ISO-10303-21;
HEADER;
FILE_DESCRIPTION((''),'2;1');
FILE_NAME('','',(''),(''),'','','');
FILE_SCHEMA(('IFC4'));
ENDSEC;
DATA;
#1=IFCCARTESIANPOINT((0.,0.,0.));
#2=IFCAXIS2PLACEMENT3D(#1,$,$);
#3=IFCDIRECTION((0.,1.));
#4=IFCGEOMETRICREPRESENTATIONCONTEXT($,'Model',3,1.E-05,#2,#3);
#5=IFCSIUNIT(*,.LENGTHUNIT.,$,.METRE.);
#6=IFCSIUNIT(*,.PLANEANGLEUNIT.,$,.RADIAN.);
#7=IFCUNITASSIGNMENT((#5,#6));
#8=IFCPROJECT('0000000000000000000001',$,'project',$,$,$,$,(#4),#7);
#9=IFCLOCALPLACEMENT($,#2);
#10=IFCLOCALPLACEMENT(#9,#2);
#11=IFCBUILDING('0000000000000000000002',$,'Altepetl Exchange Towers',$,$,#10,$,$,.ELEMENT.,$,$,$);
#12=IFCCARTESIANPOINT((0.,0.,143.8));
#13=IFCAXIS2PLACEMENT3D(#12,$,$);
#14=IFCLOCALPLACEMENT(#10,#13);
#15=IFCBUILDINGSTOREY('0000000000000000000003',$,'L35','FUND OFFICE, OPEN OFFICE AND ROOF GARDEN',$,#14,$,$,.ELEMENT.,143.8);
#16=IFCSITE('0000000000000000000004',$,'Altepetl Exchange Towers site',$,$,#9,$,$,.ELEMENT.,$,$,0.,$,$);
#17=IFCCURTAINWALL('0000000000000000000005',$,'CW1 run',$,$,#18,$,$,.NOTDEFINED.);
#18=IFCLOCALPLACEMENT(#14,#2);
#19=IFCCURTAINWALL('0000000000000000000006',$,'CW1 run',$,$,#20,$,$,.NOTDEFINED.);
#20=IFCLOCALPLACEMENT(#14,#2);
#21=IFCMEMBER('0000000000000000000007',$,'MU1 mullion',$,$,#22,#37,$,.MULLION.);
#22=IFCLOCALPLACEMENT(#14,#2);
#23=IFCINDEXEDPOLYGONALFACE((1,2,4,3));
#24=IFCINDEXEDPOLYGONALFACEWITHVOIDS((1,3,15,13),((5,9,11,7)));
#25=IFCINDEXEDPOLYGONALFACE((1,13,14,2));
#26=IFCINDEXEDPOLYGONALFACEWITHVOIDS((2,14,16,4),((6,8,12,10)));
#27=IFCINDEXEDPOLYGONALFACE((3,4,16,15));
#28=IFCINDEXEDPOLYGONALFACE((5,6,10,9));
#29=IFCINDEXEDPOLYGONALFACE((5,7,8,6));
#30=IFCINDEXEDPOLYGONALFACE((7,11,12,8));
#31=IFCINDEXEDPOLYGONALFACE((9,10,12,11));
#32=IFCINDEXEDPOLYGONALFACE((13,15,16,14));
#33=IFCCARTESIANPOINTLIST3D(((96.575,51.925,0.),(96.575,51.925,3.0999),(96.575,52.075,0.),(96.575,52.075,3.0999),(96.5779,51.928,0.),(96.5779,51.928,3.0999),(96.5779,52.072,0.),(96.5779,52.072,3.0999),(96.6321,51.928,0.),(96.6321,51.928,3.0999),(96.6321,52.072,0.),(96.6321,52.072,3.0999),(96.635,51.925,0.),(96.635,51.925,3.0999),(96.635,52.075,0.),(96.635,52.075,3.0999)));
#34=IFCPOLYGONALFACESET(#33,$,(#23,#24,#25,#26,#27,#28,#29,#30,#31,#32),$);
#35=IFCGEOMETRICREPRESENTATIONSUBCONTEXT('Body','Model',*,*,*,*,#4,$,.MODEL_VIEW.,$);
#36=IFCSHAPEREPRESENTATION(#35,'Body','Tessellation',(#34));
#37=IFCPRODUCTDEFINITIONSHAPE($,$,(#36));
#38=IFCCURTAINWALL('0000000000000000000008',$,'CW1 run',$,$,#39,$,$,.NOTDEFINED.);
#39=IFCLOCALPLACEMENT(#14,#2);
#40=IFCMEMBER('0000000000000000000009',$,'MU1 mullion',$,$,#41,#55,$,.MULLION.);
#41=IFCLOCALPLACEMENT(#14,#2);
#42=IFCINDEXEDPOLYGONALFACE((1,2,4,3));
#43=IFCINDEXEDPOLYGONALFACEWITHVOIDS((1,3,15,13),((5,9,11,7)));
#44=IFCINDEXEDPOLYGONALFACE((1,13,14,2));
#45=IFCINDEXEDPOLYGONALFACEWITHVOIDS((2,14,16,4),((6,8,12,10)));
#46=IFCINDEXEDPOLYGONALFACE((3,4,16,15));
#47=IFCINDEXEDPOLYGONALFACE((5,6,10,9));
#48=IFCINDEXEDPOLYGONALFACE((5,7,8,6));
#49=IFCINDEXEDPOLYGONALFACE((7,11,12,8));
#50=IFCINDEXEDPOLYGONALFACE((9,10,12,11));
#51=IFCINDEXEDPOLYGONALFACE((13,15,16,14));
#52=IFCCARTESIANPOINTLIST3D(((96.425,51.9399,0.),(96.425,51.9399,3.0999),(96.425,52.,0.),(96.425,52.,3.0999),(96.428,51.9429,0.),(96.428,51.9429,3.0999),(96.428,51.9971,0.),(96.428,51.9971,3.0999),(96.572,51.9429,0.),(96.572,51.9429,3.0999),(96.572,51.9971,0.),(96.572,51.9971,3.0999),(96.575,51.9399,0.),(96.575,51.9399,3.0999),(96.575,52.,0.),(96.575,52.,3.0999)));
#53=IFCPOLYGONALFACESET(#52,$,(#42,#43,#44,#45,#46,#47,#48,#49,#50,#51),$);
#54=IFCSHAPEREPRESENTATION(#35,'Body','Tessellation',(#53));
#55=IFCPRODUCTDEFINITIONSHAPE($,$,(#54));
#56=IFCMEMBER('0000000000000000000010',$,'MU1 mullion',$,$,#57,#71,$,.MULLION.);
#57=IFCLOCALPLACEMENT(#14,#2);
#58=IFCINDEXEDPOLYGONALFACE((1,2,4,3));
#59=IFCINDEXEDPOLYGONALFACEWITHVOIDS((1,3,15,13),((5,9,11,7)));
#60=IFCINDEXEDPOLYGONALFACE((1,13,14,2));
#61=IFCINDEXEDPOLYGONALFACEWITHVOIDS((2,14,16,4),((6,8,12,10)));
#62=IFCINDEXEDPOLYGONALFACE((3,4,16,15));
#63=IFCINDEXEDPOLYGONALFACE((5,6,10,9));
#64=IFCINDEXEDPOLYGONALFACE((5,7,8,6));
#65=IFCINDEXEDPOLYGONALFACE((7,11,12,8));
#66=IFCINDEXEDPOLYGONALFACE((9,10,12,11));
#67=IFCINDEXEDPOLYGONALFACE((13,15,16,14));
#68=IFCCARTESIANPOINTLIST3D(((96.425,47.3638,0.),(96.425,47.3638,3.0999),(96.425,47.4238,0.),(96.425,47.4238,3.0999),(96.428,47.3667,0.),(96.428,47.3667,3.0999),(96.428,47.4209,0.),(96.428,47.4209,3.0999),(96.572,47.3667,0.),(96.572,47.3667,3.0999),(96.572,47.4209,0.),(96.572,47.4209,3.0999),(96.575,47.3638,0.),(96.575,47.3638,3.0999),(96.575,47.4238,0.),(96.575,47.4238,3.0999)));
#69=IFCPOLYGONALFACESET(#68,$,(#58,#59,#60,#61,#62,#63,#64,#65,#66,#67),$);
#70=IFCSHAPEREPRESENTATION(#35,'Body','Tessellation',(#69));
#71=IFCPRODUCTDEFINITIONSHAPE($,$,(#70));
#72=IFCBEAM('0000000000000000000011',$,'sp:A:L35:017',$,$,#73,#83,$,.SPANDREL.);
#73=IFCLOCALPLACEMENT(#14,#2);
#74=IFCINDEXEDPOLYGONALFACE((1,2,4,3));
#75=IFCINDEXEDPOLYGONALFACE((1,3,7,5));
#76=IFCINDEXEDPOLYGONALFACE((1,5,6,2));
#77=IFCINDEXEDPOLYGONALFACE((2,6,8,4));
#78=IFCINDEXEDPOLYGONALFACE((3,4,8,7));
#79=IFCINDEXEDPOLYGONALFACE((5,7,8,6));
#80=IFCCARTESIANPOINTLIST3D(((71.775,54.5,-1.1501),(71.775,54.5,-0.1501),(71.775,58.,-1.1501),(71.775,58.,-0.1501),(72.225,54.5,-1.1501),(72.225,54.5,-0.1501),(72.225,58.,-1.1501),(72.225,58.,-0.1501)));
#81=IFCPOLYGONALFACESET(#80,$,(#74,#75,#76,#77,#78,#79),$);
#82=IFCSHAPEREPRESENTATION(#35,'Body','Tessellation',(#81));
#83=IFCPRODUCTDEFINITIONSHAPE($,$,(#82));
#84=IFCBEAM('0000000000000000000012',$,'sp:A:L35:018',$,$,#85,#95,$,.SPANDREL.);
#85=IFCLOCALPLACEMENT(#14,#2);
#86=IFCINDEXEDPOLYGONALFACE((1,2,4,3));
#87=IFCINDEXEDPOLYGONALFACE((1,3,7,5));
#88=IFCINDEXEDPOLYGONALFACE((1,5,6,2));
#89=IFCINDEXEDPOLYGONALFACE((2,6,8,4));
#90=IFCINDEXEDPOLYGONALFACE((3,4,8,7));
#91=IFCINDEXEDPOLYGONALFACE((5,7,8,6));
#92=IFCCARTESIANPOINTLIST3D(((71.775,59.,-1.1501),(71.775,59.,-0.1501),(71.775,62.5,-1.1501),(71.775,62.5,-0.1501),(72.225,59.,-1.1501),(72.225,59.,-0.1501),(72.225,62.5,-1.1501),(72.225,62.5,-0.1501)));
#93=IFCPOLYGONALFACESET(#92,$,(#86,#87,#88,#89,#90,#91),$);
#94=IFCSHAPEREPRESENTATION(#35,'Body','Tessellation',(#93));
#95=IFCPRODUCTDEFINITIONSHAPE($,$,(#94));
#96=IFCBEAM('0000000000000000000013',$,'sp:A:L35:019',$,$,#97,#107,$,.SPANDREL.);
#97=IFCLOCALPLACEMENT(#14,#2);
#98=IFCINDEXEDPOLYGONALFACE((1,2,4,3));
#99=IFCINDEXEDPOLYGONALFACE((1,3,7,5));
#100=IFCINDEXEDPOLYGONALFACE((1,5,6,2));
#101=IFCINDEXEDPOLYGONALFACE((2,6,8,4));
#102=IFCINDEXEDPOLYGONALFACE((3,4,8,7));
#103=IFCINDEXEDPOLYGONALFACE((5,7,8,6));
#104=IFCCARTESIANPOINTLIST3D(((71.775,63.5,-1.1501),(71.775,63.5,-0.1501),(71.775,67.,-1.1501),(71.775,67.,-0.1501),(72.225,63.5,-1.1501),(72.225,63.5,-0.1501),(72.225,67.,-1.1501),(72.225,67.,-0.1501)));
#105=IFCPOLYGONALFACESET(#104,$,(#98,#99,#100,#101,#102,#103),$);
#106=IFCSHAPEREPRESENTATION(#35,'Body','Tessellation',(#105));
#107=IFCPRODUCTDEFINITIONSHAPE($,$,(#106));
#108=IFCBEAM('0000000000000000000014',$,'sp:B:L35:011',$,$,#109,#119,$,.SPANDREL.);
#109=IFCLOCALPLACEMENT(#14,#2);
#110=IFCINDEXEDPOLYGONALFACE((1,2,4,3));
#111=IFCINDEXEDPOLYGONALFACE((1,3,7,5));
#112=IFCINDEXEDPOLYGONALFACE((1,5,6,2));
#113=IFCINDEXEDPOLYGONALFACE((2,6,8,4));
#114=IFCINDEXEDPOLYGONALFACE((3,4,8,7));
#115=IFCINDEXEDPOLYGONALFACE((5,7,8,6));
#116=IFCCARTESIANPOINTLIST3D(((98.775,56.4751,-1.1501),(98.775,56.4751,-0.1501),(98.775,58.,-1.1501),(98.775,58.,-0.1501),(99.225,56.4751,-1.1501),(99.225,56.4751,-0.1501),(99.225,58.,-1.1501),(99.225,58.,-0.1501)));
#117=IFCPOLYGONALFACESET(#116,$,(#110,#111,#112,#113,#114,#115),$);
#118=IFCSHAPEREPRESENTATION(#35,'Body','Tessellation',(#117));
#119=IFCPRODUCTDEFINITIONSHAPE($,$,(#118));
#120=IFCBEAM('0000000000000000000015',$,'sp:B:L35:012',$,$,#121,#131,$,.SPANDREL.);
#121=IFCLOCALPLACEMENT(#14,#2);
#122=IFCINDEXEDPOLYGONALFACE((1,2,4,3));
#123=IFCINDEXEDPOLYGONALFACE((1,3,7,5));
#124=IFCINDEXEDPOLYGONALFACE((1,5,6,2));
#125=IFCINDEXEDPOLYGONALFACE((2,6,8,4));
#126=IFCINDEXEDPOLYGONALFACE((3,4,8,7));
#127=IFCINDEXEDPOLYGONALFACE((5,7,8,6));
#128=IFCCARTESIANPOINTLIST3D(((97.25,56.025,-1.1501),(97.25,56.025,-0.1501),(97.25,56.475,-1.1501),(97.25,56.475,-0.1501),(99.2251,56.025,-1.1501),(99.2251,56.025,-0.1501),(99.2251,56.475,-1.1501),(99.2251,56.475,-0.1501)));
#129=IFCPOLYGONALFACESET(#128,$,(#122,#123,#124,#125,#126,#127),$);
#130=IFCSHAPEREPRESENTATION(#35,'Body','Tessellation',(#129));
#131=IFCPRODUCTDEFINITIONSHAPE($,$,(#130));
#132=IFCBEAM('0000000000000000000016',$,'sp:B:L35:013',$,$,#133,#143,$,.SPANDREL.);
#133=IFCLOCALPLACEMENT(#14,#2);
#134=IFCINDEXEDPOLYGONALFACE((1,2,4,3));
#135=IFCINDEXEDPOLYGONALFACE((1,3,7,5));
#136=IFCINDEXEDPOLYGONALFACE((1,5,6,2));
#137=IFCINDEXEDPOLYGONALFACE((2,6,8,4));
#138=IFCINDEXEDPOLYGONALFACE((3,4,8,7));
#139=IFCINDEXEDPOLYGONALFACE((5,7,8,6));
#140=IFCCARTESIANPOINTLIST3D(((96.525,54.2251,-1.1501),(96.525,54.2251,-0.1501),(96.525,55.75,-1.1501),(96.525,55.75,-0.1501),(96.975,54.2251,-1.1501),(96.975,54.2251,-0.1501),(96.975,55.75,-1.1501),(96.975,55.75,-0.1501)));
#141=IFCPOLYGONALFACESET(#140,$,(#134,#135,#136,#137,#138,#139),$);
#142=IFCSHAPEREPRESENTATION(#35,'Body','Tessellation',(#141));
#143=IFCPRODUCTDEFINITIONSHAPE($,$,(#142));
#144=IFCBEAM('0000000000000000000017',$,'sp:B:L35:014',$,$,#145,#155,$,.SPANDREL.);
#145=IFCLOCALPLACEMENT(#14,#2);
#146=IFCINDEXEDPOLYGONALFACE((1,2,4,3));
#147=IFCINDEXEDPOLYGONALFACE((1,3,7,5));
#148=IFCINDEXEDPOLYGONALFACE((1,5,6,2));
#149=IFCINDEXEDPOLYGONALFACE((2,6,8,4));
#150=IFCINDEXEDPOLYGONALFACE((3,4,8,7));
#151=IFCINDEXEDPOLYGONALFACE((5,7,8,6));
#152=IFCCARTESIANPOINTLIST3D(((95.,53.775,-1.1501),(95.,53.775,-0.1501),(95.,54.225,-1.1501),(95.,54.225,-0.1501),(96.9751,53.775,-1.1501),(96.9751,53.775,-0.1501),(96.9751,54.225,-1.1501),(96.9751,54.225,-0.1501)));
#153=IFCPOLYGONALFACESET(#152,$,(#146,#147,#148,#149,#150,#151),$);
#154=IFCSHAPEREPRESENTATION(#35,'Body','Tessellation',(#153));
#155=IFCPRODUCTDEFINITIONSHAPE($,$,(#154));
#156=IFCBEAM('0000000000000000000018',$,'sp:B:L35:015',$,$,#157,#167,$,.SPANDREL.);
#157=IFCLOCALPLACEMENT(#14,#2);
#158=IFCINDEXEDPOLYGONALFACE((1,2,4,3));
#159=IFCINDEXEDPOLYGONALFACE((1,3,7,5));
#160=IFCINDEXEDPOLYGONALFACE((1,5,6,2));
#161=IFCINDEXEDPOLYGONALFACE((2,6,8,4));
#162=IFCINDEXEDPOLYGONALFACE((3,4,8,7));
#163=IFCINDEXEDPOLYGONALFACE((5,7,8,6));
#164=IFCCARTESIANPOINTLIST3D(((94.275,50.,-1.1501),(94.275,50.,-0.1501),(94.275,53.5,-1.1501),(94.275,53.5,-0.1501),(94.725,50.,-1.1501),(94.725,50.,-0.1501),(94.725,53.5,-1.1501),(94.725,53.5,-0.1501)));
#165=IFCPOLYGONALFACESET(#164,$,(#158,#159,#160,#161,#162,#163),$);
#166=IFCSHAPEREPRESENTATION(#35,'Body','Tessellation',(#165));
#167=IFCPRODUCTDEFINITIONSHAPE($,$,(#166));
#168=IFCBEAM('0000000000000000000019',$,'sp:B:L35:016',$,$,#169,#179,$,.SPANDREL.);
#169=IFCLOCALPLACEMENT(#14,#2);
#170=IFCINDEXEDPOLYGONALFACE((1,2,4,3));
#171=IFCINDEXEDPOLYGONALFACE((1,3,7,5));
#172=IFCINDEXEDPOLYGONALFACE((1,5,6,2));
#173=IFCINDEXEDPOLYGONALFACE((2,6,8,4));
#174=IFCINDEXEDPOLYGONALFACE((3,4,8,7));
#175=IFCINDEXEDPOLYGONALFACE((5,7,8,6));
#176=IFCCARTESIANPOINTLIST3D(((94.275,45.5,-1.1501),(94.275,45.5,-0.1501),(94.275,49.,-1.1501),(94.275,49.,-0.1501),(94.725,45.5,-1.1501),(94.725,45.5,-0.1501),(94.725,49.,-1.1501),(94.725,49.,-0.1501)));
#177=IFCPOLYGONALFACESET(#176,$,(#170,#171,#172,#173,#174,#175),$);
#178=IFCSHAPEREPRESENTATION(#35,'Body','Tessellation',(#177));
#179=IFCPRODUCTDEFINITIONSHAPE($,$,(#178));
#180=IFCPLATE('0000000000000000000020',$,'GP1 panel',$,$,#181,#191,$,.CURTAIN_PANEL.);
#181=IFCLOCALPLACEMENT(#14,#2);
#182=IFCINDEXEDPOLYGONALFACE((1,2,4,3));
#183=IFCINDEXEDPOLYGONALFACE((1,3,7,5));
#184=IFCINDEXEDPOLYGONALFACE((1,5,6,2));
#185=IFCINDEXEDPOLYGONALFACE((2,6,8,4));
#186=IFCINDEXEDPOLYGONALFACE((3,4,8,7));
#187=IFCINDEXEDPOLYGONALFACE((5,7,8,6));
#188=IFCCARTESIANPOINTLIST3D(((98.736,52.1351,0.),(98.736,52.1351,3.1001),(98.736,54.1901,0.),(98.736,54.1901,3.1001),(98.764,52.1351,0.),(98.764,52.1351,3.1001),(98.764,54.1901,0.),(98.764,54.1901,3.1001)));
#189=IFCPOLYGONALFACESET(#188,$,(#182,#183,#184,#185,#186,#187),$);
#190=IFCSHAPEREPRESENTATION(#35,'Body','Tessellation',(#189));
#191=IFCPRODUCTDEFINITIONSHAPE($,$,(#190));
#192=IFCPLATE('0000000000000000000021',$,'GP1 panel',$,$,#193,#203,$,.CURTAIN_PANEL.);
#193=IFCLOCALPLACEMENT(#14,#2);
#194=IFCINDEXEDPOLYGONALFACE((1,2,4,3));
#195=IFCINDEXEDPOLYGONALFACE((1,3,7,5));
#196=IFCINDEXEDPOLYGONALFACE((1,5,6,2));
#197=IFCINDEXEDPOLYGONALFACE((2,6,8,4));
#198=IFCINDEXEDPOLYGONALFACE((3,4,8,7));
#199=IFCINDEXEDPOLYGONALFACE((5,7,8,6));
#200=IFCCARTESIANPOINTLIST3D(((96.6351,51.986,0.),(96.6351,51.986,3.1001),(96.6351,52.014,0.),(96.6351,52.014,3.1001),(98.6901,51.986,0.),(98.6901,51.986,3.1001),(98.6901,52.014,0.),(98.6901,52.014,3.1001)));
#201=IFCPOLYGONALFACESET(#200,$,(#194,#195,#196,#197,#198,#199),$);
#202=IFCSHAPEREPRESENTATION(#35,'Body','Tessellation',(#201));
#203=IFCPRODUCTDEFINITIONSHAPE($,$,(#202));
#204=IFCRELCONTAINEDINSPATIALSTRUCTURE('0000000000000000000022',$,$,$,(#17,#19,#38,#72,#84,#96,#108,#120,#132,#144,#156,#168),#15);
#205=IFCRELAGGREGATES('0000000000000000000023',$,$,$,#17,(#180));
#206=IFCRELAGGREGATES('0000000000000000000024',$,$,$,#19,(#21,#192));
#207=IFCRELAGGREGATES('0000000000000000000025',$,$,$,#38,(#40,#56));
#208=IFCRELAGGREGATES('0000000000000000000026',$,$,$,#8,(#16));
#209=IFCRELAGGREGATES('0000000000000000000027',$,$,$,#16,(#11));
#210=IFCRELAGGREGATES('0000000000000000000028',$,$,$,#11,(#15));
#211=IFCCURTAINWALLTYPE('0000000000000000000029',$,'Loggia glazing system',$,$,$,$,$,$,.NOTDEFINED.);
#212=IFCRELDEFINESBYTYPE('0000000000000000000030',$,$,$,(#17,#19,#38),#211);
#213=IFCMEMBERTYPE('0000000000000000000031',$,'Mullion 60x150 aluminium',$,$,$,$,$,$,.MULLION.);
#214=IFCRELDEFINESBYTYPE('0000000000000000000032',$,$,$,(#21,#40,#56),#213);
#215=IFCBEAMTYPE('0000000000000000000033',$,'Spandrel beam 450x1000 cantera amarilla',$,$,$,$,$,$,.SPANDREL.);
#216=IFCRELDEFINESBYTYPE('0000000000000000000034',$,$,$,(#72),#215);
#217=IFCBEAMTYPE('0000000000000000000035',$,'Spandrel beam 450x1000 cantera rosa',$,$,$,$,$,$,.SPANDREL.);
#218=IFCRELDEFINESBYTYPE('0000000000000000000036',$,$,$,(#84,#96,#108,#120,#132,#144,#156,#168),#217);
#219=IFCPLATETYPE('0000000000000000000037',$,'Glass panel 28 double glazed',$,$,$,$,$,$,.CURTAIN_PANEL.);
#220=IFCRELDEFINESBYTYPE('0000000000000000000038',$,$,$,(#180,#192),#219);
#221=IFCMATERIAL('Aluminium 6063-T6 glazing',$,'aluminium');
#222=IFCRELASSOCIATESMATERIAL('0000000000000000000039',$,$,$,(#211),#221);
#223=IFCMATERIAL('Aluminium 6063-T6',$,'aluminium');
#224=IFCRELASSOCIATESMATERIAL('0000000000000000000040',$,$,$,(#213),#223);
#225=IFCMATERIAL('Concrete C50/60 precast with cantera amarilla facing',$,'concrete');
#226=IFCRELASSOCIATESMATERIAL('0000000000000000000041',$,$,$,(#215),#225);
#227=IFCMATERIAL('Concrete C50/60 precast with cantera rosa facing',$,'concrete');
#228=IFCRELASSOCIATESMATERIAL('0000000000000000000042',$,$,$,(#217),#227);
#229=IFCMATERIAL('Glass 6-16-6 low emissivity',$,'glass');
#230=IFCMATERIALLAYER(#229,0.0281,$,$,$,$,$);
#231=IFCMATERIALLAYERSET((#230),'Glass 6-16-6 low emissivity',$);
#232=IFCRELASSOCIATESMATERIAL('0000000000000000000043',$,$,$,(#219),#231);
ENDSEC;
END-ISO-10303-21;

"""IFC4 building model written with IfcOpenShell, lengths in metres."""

from ifc_helpers import new_model, si_unit, direction, frame, origin, origin_2d, place, context, subcontext, project, spatial, rectangle, hollow_rectangle, extrude, material, layer, layer_set, material_profile, profile_set, type_object, element, aggregate, save


model = new_model("IFC4")

# Units and contexts
model_context = context("Model", 3, precision=1e-05, world=origin(), true_north=direction((0.0, 1.0)))
body_context = subcontext(model_context, "Body", "Model", "MODEL_VIEW")
ifc_project = project(units=[si_unit("LENGTHUNIT", "METRE"), si_unit("PLANEANGLEUNIT", "RADIAN")], contexts=[model_context])

# Site, building, storey
site_placement = place(None, origin())
site = spatial("IfcSite", under=ifc_project, at=site_placement, Name="Altepetl Exchange Towers site", CompositionType="ELEMENT", RefElevation=0.0)
building_placement = place(site_placement, origin())
building = spatial("IfcBuilding", under=site, at=building_placement, Name="Altepetl Exchange Towers", CompositionType="ELEMENT")
storey_placement = place(building_placement, frame((0.0, 0.0, 143.8)))
storey = spatial("IfcBuildingStorey", under=building, at=storey_placement, Name="L35", Description="FUND OFFICE, OPEN OFFICE AND ROOF GARDEN", CompositionType="ELEMENT", Elevation=143.8)

# Shared definitions
ifc_material_1 = material(Name="Aluminium 6063-T6 glazing", Category="aluminium")
curtain_wall_type = type_object("IfcCurtainWallType", Name="Loggia glazing system", PredefinedType="NOTDEFINED", material=ifc_material_1)
ifc_material_2 = material(Name="Aluminium 6063-T6", Category="aluminium")
ifc_material_profile_1 = material_profile(ifc_material_2, hollow_rectangle(XDim=0.0601, YDim=0.1499, WallThickness=0.0029, at=origin_2d()), Name="Mullion 60x150 aluminium")
ifc_profile_set_1 = profile_set([ifc_material_profile_1], Name="Aluminium 6063-T6")
member_type = type_object("IfcMemberType", Name="Mullion 60x150 aluminium", PredefinedType="MULLION", material=ifc_profile_set_1)

# Curtain walls, members
curtain_wall_1_placement = place(storey_placement, origin())
curtain_wall_1 = element("IfcCurtainWall", 1, at=curtain_wall_1_placement, inside=storey, type_object=curtain_wall_type, Name="CW1 run", PredefinedType="NOTDEFINED")
curtain_wall_2_placement = place(storey_placement, origin())
curtain_wall_2 = element("IfcCurtainWall", 2, at=curtain_wall_2_placement, inside=storey, type_object=curtain_wall_type, Name="CW1 run", PredefinedType="NOTDEFINED")
member_1_placement = place(storey_placement, frame((96.605, 52.0, 0.0), z_axis=(0.0, 0.0, 1.0), x_axis=(-1.0, 0.0, 0.0)))
member_1 = element("IfcMember", 3, at=member_1_placement, type_object=member_type, Name="MU1 mullion", PredefinedType="MULLION", context=body_context, shape_type="SweptSolid", body=[
    extrude(hollow_rectangle(XDim=0.0601, YDim=0.1499, WallThickness=0.0029, at=origin_2d()), origin(), (0.0, 0.0, 1.0), 3.0999),
])
curtain_wall_3_placement = place(storey_placement, origin())
curtain_wall_3 = element("IfcCurtainWall", 4, at=curtain_wall_3_placement, inside=storey, type_object=curtain_wall_type, Name="CW1 run", PredefinedType="NOTDEFINED")
member_2_placement = place(storey_placement, frame((96.5, 51.97, 0.0), z_axis=(0.0, 0.0, 1.0), x_axis=(0.0, -1.0, 0.0)))
member_2 = element("IfcMember", 5, at=member_2_placement, type_object=member_type, Name="MU1 mullion", PredefinedType="MULLION", context=body_context, shape_type="SweptSolid", body=[
    extrude(hollow_rectangle(XDim=0.0601, YDim=0.1499, WallThickness=0.0029, at=origin_2d()), origin(), (0.0, 0.0, 1.0), 3.0999),
])
member_3_placement = place(storey_placement, frame((96.5, 47.3938, 0.0), z_axis=(0.0, 0.0, 1.0), x_axis=(0.0, -1.0, 0.0)))
member_3 = element("IfcMember", 6, at=member_3_placement, type_object=member_type, Name="MU1 mullion", PredefinedType="MULLION", context=body_context, shape_type="SweptSolid", body=[
    extrude(hollow_rectangle(XDim=0.0601, YDim=0.1499, WallThickness=0.0029, at=origin_2d()), origin(), (0.0, 0.0, 1.0), 3.0999),
])

# Beams
ifc_material_3 = material(Name="Concrete C50/60 precast with cantera amarilla facing", Category="concrete")
ifc_material_profile_2 = material_profile(ifc_material_3, rectangle(XDim=0.45, YDim=1.0, at=origin_2d()), Name="450 x 1000")
ifc_profile_set_2 = profile_set([ifc_material_profile_2], Name="Concrete C50/60 precast with cantera amarilla facing")
beam_type_1 = type_object("IfcBeamType", Name="Spandrel beam 450x1000 cantera amarilla", PredefinedType="SPANDREL", material=ifc_profile_set_2)
beam_1_placement = place(storey_placement, frame((72.0, 54.5, -0.6501), z_axis=(0.0, 1.0, 0.0), x_axis=(-1.0, 0.0, 0.0)))
element("IfcBeam", 7, at=beam_1_placement, inside=storey, type_object=beam_type_1, Name="sp:A:L35:017", PredefinedType="SPANDREL", context=body_context, shape_type="SweptSolid", body=[
    extrude(rectangle(XDim=0.45, YDim=1.0, at=origin_2d()), origin(), (0.0, 0.0, 1.0), 3.5),
])
ifc_material_4 = material(Name="Concrete C50/60 precast with cantera rosa facing", Category="concrete")
ifc_material_profile_3 = material_profile(ifc_material_4, rectangle(XDim=0.45, YDim=1.0, at=origin_2d()), Name="450 x 1000")
ifc_profile_set_3 = profile_set([ifc_material_profile_3], Name="Concrete C50/60 precast with cantera rosa facing")
beam_type_2 = type_object("IfcBeamType", Name="Spandrel beam 450x1000 cantera rosa", PredefinedType="SPANDREL", material=ifc_profile_set_3)
for number, where, z_axis, x_axis, name in (
    (8, (72.0, 59.0, -0.6501), (0.0, 1.0, 0.0), (-1.0, 0.0, 0.0), "sp:A:L35:018"),
    (9, (72.0, 63.5, -0.6501), (0.0, 1.0, 0.0), (-1.0, 0.0, 0.0), "sp:A:L35:019"),
):
    element("IfcBeam", number, at=place(storey_placement, frame(where, z_axis=z_axis, x_axis=x_axis)), inside=storey, type_object=beam_type_2, Name=name, PredefinedType="SPANDREL", context=body_context, shape_type="SweptSolid", body=[
        extrude(rectangle(XDim=0.45, YDim=1.0, at=origin_2d()), origin(), (0.0, 0.0, 1.0), 3.5),
    ])
beam_2_placement = place(storey_placement, frame((99.0, 58.0, -0.6501), z_axis=(0.0, -1.0, 0.0), x_axis=(1.0, 0.0, 0.0)))
element("IfcBeam", 10, at=beam_2_placement, inside=storey, type_object=beam_type_2, Name="sp:B:L35:011", PredefinedType="SPANDREL", context=body_context, shape_type="SweptSolid", body=[
    extrude(rectangle(XDim=0.45, YDim=1.0, at=origin_2d()), origin(), (0.0, 0.0, 1.0), 1.5249),
])
beam_3_placement = place(storey_placement, frame((99.2251, 56.25, -0.6501), z_axis=(-1.0, 0.0, 0.0), x_axis=(0.0, -1.0, 0.0)))
element("IfcBeam", 11, at=beam_3_placement, inside=storey, type_object=beam_type_2, Name="sp:B:L35:012", PredefinedType="SPANDREL", context=body_context, shape_type="SweptSolid", body=[
    extrude(rectangle(XDim=0.45, YDim=1.0, at=origin_2d()), origin(), (0.0, 0.0, 1.0), 1.9751),
])
beam_4_placement = place(storey_placement, frame((96.75, 55.75, -0.6501), z_axis=(0.0, -1.0, 0.0), x_axis=(1.0, 0.0, 0.0)))
element("IfcBeam", 12, at=beam_4_placement, inside=storey, type_object=beam_type_2, Name="sp:B:L35:013", PredefinedType="SPANDREL", context=body_context, shape_type="SweptSolid", body=[
    extrude(rectangle(XDim=0.45, YDim=1.0, at=origin_2d()), origin(), (0.0, 0.0, 1.0), 1.5249),
])
beam_5_placement = place(storey_placement, frame((96.9751, 54.0, -0.6501), z_axis=(-1.0, 0.0, 0.0), x_axis=(0.0, -1.0, 0.0)))
element("IfcBeam", 13, at=beam_5_placement, inside=storey, type_object=beam_type_2, Name="sp:B:L35:014", PredefinedType="SPANDREL", context=body_context, shape_type="SweptSolid", body=[
    extrude(rectangle(XDim=0.45, YDim=1.0, at=origin_2d()), origin(), (0.0, 0.0, 1.0), 1.9751),
])
for number, where, z_axis, x_axis, name in (
    (14, (94.5, 53.5, -0.6501), (0.0, -1.0, 0.0), (1.0, 0.0, 0.0), "sp:B:L35:015"),
    (15, (94.5, 49.0, -0.6501), (0.0, -1.0, 0.0), (1.0, 0.0, 0.0), "sp:B:L35:016"),
):
    element("IfcBeam", number, at=place(storey_placement, frame(where, z_axis=z_axis, x_axis=x_axis)), inside=storey, type_object=beam_type_2, Name=name, PredefinedType="SPANDREL", context=body_context, shape_type="SweptSolid", body=[
        extrude(rectangle(XDim=0.45, YDim=1.0, at=origin_2d()), origin(), (0.0, 0.0, 1.0), 3.5),
    ])

# Plates
ifc_material_5 = material(Name="Glass 6-16-6 low emissivity", Category="glass")
ifc_layer_1 = layer(ifc_material_5, 0.0281)
ifc_layer_set_1 = layer_set([ifc_layer_1], Name="Glass 6-16-6 low emissivity")
plate_type = type_object("IfcPlateType", Name="Glass panel 28 double glazed", PredefinedType="CURTAIN_PANEL", material=ifc_layer_set_1)
plate_1_placement = place(storey_placement, frame((98.75, 53.1626, 0.0), z_axis=(0.0, 0.0, 1.0), x_axis=(0.0, -1.0, 0.0)))
plate_1 = element("IfcPlate", 16, at=plate_1_placement, type_object=plate_type, Name="GP1 panel", PredefinedType="CURTAIN_PANEL", context=body_context, shape_type="SweptSolid", body=[
    extrude(rectangle(XDim=2.0549, YDim=0.0281, at=origin_2d()), origin(), (0.0, 0.0, 1.0), 3.1001),
])
aggregate(curtain_wall_1, [plate_1])
plate_2_placement = place(storey_placement, frame((97.6626, 52.0, 0.0), z_axis=(0.0, 0.0, 1.0), x_axis=(-1.0, 0.0, 0.0)))
plate_2 = element("IfcPlate", 17, at=plate_2_placement, type_object=plate_type, Name="GP1 panel", PredefinedType="CURTAIN_PANEL", context=body_context, shape_type="SweptSolid", body=[
    extrude(rectangle(XDim=2.0549, YDim=0.0281, at=origin_2d()), origin(), (0.0, 0.0, 1.0), 3.1001),
])
aggregate(curtain_wall_2, [member_1, plate_2])
aggregate(curtain_wall_3, [member_2, member_3])

save(model, "model.ifc")
